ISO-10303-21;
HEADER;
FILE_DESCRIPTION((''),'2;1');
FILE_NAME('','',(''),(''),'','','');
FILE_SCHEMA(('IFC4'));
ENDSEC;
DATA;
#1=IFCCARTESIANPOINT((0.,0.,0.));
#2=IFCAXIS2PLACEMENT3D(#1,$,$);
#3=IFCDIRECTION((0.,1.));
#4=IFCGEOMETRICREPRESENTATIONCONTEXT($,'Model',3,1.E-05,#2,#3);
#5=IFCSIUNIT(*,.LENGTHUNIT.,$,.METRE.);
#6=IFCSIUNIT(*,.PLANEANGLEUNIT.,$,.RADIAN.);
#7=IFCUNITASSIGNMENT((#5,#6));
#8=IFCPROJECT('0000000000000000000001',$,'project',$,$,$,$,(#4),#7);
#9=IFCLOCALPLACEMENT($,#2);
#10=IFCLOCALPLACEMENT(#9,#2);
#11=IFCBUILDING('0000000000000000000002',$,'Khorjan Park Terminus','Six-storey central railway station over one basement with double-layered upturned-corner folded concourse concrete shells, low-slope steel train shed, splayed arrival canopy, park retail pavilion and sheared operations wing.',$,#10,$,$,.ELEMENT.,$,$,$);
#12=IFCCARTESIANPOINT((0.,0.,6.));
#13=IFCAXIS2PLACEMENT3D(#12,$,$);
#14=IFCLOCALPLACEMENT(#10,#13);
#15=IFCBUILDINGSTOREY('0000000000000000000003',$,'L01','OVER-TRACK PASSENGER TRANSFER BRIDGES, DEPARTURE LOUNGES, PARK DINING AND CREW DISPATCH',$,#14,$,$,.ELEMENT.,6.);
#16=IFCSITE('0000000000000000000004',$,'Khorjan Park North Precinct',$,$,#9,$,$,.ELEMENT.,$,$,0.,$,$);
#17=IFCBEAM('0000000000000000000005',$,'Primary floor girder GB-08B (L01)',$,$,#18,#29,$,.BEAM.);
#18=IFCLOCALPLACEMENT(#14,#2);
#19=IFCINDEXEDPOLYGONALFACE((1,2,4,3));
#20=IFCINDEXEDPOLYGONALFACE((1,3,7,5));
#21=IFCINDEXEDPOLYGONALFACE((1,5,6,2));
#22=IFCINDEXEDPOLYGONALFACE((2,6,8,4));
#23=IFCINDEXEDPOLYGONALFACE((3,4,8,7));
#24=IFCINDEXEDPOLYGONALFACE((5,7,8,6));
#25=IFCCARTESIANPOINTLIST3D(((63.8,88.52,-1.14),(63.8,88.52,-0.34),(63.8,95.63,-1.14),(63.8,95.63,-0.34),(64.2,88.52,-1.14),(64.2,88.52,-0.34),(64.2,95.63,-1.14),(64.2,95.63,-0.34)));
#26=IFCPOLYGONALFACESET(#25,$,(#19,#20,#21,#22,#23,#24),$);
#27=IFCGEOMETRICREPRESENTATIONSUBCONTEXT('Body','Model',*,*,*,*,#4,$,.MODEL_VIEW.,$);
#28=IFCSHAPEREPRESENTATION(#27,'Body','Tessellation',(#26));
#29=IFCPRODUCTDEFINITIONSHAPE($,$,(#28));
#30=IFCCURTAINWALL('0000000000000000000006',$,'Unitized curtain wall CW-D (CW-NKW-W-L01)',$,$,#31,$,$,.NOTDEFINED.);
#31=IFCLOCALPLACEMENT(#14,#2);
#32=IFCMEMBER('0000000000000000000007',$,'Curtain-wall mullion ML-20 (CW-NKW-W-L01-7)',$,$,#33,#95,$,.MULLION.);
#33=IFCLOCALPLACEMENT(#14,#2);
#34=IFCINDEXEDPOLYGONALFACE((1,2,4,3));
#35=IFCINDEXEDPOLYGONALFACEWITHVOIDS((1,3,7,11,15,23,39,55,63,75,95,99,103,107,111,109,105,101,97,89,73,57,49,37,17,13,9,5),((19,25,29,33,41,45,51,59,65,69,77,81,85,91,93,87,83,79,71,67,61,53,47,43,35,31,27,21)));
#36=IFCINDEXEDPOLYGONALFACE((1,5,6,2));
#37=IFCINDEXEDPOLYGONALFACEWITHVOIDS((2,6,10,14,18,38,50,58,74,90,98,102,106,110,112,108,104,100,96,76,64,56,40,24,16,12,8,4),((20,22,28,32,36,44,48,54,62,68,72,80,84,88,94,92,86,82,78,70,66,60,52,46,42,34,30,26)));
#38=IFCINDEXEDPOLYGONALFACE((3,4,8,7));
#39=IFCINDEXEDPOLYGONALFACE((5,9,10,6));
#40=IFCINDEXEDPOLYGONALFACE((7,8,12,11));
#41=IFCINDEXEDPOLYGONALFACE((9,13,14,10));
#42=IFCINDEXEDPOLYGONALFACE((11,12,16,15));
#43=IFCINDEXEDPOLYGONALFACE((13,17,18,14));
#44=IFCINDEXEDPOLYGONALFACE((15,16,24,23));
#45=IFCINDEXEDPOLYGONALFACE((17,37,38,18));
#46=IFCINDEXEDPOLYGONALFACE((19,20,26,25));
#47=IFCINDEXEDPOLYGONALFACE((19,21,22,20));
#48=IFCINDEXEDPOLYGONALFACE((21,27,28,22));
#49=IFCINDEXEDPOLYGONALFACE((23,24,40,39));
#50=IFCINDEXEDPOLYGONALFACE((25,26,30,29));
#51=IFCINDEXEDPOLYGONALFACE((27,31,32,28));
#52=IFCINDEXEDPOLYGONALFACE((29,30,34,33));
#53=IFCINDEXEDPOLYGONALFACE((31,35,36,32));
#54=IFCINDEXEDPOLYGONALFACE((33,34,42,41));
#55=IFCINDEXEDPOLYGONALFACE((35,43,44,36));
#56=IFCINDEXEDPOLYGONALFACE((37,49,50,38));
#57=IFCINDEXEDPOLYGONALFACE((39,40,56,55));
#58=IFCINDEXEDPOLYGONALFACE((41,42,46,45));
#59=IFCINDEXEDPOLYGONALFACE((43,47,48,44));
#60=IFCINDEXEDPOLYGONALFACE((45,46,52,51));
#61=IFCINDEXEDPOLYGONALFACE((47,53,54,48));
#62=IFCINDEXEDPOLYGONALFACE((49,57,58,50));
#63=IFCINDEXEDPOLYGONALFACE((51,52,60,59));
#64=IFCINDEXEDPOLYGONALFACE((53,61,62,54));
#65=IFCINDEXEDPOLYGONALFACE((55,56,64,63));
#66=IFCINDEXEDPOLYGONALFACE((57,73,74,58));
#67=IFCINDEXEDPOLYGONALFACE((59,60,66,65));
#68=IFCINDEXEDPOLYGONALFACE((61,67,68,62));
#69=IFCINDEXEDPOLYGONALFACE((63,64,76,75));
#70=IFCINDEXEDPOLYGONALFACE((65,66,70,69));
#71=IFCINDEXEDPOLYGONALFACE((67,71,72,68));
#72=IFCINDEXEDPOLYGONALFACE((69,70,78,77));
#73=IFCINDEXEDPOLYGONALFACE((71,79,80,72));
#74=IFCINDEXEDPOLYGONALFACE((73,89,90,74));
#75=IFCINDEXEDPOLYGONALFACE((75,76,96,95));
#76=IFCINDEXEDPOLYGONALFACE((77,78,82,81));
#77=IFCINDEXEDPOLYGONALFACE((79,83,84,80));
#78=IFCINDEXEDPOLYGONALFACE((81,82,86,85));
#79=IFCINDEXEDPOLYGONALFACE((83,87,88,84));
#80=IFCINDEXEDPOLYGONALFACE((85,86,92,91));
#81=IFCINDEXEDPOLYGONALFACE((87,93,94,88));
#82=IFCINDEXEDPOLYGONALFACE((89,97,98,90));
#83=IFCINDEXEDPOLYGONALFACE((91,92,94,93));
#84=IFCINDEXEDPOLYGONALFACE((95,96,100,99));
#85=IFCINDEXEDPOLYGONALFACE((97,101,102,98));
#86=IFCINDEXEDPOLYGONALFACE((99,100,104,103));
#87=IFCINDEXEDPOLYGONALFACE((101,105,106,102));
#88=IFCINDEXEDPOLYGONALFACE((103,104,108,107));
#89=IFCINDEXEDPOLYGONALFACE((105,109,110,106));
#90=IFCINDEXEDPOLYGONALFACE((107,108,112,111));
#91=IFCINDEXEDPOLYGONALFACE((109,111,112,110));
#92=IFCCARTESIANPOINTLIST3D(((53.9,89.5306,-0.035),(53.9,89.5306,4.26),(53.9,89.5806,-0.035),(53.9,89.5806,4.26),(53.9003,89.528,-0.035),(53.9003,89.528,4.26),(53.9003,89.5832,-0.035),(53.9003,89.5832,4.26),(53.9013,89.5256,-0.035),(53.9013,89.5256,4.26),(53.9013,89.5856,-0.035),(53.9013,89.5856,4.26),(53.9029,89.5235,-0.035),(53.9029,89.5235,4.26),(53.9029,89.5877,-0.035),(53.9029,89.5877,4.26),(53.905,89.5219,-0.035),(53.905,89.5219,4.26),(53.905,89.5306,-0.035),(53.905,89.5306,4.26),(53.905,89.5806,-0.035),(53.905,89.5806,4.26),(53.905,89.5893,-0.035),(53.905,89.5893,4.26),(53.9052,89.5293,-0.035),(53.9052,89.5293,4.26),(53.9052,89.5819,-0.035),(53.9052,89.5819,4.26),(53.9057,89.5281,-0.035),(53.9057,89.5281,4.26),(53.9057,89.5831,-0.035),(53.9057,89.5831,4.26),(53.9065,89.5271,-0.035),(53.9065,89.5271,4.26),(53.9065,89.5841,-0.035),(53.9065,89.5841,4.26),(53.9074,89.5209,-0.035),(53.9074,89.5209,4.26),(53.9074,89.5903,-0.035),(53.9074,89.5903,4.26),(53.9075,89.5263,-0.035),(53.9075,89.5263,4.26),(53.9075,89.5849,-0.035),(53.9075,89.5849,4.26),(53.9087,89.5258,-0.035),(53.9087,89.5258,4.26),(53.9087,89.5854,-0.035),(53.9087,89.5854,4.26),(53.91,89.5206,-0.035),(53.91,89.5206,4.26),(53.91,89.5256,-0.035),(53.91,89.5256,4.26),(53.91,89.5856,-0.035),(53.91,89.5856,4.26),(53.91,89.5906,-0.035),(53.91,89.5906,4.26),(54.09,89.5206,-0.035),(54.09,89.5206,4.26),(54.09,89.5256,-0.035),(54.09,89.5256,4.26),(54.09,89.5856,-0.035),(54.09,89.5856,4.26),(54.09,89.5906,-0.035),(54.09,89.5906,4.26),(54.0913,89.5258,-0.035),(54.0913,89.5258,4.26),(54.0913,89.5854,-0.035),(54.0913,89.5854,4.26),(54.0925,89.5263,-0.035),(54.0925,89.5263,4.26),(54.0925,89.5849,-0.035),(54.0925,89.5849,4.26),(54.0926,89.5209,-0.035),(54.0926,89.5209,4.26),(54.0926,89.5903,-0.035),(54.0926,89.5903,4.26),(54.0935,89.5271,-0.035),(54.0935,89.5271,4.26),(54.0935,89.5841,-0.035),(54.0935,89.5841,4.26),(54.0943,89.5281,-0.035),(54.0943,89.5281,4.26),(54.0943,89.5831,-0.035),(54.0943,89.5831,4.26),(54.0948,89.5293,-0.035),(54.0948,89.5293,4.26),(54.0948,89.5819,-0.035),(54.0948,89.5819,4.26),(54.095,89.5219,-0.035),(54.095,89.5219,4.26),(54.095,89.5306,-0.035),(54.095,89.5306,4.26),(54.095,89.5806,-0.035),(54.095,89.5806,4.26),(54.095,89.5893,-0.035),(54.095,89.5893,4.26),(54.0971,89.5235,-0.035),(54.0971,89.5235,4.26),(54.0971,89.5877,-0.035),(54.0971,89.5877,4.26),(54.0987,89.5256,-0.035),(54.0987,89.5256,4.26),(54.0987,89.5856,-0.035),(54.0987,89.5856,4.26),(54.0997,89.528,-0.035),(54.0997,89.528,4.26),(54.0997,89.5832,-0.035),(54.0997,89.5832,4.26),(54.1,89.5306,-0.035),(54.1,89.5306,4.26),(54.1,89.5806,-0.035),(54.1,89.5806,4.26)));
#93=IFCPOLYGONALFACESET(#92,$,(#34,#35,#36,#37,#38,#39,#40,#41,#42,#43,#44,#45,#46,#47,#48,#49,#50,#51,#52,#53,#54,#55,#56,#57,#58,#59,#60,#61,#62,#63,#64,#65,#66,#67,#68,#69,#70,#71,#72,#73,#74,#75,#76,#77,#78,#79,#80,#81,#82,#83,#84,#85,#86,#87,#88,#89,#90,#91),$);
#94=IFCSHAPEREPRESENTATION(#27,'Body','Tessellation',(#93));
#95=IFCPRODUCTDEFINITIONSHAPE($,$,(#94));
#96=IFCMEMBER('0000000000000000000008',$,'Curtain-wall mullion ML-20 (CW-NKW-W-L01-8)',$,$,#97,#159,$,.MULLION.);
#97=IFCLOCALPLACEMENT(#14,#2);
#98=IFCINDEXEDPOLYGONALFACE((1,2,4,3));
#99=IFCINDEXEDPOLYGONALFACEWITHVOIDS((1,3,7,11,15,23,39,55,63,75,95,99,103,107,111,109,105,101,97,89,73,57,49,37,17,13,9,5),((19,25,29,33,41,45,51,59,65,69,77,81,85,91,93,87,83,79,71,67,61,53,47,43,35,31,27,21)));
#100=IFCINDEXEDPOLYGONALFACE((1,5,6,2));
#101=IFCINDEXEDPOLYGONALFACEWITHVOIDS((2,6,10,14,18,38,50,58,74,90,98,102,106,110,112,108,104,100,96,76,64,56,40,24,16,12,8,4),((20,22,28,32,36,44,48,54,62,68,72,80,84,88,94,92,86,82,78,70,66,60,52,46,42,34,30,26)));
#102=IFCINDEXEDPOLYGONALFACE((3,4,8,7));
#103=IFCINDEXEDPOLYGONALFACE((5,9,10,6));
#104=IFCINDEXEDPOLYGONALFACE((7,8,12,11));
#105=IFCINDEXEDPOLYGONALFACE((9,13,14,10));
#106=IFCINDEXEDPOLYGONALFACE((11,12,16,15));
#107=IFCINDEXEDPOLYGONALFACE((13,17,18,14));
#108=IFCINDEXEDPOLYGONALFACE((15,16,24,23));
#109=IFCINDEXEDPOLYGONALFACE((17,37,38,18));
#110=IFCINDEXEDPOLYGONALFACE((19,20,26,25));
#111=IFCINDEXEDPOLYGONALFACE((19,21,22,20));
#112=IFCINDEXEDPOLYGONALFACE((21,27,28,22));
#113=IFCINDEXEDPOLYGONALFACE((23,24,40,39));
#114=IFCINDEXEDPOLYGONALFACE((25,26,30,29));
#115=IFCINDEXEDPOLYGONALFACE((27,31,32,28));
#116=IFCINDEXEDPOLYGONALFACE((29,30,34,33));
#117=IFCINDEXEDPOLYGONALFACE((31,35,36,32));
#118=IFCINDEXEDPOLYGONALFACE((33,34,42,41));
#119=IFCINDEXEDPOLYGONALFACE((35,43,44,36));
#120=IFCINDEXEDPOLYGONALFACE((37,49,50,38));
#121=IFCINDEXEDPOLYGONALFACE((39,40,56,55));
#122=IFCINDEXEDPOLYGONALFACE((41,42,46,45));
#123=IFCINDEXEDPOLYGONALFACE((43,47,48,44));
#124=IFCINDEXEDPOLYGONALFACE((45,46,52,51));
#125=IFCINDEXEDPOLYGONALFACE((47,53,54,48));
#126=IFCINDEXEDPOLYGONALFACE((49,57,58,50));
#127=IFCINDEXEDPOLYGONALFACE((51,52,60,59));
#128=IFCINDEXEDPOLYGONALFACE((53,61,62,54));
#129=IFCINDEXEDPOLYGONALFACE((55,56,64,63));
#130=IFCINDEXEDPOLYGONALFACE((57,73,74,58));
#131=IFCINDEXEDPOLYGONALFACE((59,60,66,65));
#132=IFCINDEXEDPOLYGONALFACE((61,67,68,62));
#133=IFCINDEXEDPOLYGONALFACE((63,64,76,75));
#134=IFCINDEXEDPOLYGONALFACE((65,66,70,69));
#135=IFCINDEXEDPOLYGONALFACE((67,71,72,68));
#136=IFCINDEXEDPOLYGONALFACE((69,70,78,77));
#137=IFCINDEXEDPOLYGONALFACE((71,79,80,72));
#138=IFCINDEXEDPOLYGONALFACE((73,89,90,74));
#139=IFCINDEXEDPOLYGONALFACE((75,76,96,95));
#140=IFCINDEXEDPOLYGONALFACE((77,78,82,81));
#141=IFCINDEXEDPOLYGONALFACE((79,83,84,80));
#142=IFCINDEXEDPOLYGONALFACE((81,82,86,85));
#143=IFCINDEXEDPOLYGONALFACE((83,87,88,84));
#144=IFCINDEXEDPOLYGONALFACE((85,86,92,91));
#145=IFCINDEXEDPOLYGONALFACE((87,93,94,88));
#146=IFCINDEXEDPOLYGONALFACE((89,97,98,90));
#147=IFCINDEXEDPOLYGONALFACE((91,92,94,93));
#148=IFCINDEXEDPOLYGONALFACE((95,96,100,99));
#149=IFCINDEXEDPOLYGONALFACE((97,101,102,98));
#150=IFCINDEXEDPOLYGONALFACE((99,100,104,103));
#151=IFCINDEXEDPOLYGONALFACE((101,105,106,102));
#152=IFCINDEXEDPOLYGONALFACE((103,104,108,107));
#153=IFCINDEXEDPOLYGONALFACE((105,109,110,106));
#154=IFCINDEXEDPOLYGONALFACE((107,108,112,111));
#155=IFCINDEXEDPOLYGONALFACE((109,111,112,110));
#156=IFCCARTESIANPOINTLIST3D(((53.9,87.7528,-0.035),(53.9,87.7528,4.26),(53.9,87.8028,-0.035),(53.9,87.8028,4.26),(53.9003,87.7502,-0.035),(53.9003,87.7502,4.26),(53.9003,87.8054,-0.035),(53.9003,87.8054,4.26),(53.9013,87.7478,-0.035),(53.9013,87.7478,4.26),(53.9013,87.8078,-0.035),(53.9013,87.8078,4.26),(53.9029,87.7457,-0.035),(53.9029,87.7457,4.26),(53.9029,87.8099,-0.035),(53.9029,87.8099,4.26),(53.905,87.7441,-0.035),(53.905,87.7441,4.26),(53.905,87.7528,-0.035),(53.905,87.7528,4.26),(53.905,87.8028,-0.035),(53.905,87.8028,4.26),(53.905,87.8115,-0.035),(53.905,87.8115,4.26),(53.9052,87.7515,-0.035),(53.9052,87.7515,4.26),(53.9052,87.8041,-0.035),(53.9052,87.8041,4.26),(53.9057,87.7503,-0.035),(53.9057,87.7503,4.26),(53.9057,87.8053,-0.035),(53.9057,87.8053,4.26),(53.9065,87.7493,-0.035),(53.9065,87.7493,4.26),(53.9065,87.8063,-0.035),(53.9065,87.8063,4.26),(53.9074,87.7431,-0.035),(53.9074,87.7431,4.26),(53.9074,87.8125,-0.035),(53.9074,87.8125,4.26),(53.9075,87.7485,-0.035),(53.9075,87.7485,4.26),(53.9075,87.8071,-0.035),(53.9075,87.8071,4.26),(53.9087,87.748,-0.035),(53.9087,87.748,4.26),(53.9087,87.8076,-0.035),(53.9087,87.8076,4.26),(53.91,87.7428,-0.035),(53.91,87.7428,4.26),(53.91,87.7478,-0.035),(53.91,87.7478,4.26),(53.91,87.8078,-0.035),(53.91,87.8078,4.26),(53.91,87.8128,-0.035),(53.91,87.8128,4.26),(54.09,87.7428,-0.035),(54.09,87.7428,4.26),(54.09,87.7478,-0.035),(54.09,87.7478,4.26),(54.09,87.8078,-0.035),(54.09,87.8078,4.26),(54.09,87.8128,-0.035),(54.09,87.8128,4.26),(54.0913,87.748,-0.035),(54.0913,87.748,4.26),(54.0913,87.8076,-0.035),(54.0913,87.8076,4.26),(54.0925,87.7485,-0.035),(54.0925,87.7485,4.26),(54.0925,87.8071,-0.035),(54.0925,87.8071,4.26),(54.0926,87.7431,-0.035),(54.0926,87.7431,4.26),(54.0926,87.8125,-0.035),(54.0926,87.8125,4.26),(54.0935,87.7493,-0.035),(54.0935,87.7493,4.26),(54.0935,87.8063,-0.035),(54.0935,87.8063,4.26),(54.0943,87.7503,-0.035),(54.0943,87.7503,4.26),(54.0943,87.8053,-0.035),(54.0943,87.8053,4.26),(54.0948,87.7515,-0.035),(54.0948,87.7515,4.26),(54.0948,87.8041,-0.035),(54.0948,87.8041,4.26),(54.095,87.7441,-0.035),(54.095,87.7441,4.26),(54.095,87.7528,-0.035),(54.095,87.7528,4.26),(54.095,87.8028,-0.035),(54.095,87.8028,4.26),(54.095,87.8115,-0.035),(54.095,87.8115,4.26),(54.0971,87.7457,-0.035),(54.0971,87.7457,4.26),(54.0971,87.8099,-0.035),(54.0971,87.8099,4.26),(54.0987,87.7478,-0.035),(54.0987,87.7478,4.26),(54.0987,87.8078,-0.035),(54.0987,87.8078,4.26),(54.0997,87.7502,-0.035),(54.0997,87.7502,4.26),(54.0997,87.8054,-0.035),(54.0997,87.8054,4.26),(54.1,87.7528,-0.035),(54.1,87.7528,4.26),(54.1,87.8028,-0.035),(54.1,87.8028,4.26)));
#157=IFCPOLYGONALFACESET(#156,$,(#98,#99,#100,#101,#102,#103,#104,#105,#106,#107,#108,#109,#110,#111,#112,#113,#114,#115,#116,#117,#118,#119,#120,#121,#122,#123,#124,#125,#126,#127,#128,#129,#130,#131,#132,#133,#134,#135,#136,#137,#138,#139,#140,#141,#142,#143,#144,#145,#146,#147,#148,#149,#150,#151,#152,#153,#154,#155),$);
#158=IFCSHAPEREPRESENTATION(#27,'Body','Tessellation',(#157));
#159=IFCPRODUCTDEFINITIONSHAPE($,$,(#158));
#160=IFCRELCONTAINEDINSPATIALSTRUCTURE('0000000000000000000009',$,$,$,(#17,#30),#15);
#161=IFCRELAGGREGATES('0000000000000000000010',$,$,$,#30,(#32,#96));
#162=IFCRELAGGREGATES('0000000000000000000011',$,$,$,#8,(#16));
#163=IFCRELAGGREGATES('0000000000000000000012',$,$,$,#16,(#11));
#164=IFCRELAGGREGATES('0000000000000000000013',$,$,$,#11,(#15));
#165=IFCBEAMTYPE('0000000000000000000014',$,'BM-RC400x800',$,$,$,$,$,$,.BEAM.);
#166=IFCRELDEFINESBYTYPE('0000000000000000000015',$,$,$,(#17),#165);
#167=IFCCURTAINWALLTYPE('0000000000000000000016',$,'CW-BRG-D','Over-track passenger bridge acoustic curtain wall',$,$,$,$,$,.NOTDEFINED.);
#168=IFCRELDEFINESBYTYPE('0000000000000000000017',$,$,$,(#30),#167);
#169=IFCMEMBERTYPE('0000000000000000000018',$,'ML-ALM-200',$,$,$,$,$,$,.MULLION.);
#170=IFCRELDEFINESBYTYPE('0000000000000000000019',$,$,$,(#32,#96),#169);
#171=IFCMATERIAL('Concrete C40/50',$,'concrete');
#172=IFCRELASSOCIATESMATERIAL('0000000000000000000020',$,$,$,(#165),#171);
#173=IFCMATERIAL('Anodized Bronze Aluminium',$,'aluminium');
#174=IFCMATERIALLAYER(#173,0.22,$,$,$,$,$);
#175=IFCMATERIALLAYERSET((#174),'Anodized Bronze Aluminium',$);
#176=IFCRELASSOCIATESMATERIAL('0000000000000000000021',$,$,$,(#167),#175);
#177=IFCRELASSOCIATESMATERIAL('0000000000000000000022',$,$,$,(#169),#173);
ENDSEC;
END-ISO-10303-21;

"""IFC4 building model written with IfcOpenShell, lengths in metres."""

from ifc_helpers import new_model, si_unit, direction, frame, origin, origin_2d, place, context, subcontext, project, spatial, rectangle, hollow_rectangle, extrude, material, layer, layer_set, material_profile, profile_set, type_object, element, aggregate, save


model = new_model("IFC4")

# Units and contexts
model_context = context("Model", 3, precision=1e-05, world=origin(), true_north=direction((0.0, 1.0)))
body_context = subcontext(model_context, "Body", "Model", "MODEL_VIEW")
ifc_project = project(units=[si_unit("LENGTHUNIT", "METRE"), si_unit("PLANEANGLEUNIT", "RADIAN")], contexts=[model_context])

# Site, building, storey
site_placement = place(None, origin())
site = spatial("IfcSite", under=ifc_project, at=site_placement, Name="Khorjan Park North Precinct", CompositionType="ELEMENT", RefElevation=0.0)
building_placement = place(site_placement, origin())
building = spatial("IfcBuilding", under=site, at=building_placement, Name="Khorjan Park Terminus", Description="Six-storey central railway station over one basement with double-layered upturned-corner folded concourse concrete shells, low-slope steel train shed, splayed arrival canopy, park retail pavilion and sheared operations wing.", CompositionType="ELEMENT")
storey_placement = place(building_placement, frame((0.0, 0.0, 6.0)))
storey = spatial("IfcBuildingStorey", under=building, at=storey_placement, Name="L01", Description="OVER-TRACK PASSENGER TRANSFER BRIDGES, DEPARTURE LOUNGES, PARK DINING AND CREW DISPATCH", CompositionType="ELEMENT", Elevation=6.0)

# Beam
ifc_material_1 = material(Name="Concrete C40/50", Category="concrete")
ifc_material_profile_1 = material_profile(ifc_material_1, rectangle(XDim=0.4, YDim=0.8, at=origin_2d()), Name="RC 400x800")
ifc_profile_set_1 = profile_set([ifc_material_profile_1], Name="Concrete C40/50")
beam_type_1 = type_object("IfcBeamType", Name="BM-RC400x800", PredefinedType="BEAM", material=ifc_profile_set_1)
beam_1_placement = place(storey_placement, frame((64.0, 88.52, -0.74), z_axis=(0.0, 1.0, 0.0), x_axis=(-1.0, 0.0, 0.0)))
element("IfcBeam", 1, at=beam_1_placement, inside=storey, type_object=beam_type_1, Name="Primary floor girder GB-08B (L01)", PredefinedType="BEAM", context=body_context, shape_type="SweptSolid", body=[
    extrude(rectangle(XDim=0.4, YDim=0.8, at=origin_2d()), origin(), (0.0, 0.0, 1.0), 7.11),
])

# Curtain wall, members
ifc_material_2 = material(Name="Anodized Bronze Aluminium", Category="aluminium")
ifc_layer_1 = layer(ifc_material_2, 0.22)
ifc_layer_set_1 = layer_set([ifc_layer_1], Name="Anodized Bronze Aluminium")
curtain_wall_type_1 = type_object("IfcCurtainWallType", Name="CW-BRG-D", Description="Over-track passenger bridge acoustic curtain wall", PredefinedType="NOTDEFINED", material=ifc_layer_set_1)
curtain_wall_1_placement = place(storey_placement, origin())
curtain_wall_1 = element("IfcCurtainWall", 2, at=curtain_wall_1_placement, inside=storey, type_object=curtain_wall_type_1, Name="Unitized curtain wall CW-D (CW-NKW-W-L01)", PredefinedType="NOTDEFINED")
ifc_material_profile_2 = material_profile(ifc_material_2, hollow_rectangle(XDim=0.07, YDim=0.2, WallThickness=0.005, InnerFilletRadius=0.005, OuterFilletRadius=0.01, at=origin_2d()), Name="ALM 70x200x5")
ifc_profile_set_2 = profile_set([ifc_material_profile_2], Name="Anodized Bronze Aluminium")
member_type_1 = type_object("IfcMemberType", Name="ML-ALM-200", PredefinedType="MULLION", material=ifc_profile_set_2)
member_1_placement = place(storey_placement, frame((54.0, 89.5556, -0.035), z_axis=(0.0, 0.0, 1.0), x_axis=(0.0, -1.0, 0.0)))
member_1 = element("IfcMember", 3, at=member_1_placement, type_object=member_type_1, Name="Curtain-wall mullion ML-20 (CW-NKW-W-L01-7)", PredefinedType="MULLION", context=body_context, shape_type="SweptSolid", body=[
    extrude(hollow_rectangle(XDim=0.07, YDim=0.2, WallThickness=0.005, InnerFilletRadius=0.005, OuterFilletRadius=0.01, at=origin_2d()), origin(), (0.0, 0.0, 1.0), 4.295),
])
member_2_placement = place(storey_placement, frame((54.0, 87.7778, -0.035), z_axis=(0.0, 0.0, 1.0), x_axis=(0.0, -1.0, 0.0)))
member_2 = element("IfcMember", 4, at=member_2_placement, type_object=member_type_1, Name="Curtain-wall mullion ML-20 (CW-NKW-W-L01-8)", PredefinedType="MULLION", context=body_context, shape_type="SweptSolid", body=[
    extrude(hollow_rectangle(XDim=0.07, YDim=0.2, WallThickness=0.005, InnerFilletRadius=0.005, OuterFilletRadius=0.01, at=origin_2d()), origin(), (0.0, 0.0, 1.0), 4.295),
])

aggregate(curtain_wall_1, [member_1, member_2])

save(model, "model.ifc")
